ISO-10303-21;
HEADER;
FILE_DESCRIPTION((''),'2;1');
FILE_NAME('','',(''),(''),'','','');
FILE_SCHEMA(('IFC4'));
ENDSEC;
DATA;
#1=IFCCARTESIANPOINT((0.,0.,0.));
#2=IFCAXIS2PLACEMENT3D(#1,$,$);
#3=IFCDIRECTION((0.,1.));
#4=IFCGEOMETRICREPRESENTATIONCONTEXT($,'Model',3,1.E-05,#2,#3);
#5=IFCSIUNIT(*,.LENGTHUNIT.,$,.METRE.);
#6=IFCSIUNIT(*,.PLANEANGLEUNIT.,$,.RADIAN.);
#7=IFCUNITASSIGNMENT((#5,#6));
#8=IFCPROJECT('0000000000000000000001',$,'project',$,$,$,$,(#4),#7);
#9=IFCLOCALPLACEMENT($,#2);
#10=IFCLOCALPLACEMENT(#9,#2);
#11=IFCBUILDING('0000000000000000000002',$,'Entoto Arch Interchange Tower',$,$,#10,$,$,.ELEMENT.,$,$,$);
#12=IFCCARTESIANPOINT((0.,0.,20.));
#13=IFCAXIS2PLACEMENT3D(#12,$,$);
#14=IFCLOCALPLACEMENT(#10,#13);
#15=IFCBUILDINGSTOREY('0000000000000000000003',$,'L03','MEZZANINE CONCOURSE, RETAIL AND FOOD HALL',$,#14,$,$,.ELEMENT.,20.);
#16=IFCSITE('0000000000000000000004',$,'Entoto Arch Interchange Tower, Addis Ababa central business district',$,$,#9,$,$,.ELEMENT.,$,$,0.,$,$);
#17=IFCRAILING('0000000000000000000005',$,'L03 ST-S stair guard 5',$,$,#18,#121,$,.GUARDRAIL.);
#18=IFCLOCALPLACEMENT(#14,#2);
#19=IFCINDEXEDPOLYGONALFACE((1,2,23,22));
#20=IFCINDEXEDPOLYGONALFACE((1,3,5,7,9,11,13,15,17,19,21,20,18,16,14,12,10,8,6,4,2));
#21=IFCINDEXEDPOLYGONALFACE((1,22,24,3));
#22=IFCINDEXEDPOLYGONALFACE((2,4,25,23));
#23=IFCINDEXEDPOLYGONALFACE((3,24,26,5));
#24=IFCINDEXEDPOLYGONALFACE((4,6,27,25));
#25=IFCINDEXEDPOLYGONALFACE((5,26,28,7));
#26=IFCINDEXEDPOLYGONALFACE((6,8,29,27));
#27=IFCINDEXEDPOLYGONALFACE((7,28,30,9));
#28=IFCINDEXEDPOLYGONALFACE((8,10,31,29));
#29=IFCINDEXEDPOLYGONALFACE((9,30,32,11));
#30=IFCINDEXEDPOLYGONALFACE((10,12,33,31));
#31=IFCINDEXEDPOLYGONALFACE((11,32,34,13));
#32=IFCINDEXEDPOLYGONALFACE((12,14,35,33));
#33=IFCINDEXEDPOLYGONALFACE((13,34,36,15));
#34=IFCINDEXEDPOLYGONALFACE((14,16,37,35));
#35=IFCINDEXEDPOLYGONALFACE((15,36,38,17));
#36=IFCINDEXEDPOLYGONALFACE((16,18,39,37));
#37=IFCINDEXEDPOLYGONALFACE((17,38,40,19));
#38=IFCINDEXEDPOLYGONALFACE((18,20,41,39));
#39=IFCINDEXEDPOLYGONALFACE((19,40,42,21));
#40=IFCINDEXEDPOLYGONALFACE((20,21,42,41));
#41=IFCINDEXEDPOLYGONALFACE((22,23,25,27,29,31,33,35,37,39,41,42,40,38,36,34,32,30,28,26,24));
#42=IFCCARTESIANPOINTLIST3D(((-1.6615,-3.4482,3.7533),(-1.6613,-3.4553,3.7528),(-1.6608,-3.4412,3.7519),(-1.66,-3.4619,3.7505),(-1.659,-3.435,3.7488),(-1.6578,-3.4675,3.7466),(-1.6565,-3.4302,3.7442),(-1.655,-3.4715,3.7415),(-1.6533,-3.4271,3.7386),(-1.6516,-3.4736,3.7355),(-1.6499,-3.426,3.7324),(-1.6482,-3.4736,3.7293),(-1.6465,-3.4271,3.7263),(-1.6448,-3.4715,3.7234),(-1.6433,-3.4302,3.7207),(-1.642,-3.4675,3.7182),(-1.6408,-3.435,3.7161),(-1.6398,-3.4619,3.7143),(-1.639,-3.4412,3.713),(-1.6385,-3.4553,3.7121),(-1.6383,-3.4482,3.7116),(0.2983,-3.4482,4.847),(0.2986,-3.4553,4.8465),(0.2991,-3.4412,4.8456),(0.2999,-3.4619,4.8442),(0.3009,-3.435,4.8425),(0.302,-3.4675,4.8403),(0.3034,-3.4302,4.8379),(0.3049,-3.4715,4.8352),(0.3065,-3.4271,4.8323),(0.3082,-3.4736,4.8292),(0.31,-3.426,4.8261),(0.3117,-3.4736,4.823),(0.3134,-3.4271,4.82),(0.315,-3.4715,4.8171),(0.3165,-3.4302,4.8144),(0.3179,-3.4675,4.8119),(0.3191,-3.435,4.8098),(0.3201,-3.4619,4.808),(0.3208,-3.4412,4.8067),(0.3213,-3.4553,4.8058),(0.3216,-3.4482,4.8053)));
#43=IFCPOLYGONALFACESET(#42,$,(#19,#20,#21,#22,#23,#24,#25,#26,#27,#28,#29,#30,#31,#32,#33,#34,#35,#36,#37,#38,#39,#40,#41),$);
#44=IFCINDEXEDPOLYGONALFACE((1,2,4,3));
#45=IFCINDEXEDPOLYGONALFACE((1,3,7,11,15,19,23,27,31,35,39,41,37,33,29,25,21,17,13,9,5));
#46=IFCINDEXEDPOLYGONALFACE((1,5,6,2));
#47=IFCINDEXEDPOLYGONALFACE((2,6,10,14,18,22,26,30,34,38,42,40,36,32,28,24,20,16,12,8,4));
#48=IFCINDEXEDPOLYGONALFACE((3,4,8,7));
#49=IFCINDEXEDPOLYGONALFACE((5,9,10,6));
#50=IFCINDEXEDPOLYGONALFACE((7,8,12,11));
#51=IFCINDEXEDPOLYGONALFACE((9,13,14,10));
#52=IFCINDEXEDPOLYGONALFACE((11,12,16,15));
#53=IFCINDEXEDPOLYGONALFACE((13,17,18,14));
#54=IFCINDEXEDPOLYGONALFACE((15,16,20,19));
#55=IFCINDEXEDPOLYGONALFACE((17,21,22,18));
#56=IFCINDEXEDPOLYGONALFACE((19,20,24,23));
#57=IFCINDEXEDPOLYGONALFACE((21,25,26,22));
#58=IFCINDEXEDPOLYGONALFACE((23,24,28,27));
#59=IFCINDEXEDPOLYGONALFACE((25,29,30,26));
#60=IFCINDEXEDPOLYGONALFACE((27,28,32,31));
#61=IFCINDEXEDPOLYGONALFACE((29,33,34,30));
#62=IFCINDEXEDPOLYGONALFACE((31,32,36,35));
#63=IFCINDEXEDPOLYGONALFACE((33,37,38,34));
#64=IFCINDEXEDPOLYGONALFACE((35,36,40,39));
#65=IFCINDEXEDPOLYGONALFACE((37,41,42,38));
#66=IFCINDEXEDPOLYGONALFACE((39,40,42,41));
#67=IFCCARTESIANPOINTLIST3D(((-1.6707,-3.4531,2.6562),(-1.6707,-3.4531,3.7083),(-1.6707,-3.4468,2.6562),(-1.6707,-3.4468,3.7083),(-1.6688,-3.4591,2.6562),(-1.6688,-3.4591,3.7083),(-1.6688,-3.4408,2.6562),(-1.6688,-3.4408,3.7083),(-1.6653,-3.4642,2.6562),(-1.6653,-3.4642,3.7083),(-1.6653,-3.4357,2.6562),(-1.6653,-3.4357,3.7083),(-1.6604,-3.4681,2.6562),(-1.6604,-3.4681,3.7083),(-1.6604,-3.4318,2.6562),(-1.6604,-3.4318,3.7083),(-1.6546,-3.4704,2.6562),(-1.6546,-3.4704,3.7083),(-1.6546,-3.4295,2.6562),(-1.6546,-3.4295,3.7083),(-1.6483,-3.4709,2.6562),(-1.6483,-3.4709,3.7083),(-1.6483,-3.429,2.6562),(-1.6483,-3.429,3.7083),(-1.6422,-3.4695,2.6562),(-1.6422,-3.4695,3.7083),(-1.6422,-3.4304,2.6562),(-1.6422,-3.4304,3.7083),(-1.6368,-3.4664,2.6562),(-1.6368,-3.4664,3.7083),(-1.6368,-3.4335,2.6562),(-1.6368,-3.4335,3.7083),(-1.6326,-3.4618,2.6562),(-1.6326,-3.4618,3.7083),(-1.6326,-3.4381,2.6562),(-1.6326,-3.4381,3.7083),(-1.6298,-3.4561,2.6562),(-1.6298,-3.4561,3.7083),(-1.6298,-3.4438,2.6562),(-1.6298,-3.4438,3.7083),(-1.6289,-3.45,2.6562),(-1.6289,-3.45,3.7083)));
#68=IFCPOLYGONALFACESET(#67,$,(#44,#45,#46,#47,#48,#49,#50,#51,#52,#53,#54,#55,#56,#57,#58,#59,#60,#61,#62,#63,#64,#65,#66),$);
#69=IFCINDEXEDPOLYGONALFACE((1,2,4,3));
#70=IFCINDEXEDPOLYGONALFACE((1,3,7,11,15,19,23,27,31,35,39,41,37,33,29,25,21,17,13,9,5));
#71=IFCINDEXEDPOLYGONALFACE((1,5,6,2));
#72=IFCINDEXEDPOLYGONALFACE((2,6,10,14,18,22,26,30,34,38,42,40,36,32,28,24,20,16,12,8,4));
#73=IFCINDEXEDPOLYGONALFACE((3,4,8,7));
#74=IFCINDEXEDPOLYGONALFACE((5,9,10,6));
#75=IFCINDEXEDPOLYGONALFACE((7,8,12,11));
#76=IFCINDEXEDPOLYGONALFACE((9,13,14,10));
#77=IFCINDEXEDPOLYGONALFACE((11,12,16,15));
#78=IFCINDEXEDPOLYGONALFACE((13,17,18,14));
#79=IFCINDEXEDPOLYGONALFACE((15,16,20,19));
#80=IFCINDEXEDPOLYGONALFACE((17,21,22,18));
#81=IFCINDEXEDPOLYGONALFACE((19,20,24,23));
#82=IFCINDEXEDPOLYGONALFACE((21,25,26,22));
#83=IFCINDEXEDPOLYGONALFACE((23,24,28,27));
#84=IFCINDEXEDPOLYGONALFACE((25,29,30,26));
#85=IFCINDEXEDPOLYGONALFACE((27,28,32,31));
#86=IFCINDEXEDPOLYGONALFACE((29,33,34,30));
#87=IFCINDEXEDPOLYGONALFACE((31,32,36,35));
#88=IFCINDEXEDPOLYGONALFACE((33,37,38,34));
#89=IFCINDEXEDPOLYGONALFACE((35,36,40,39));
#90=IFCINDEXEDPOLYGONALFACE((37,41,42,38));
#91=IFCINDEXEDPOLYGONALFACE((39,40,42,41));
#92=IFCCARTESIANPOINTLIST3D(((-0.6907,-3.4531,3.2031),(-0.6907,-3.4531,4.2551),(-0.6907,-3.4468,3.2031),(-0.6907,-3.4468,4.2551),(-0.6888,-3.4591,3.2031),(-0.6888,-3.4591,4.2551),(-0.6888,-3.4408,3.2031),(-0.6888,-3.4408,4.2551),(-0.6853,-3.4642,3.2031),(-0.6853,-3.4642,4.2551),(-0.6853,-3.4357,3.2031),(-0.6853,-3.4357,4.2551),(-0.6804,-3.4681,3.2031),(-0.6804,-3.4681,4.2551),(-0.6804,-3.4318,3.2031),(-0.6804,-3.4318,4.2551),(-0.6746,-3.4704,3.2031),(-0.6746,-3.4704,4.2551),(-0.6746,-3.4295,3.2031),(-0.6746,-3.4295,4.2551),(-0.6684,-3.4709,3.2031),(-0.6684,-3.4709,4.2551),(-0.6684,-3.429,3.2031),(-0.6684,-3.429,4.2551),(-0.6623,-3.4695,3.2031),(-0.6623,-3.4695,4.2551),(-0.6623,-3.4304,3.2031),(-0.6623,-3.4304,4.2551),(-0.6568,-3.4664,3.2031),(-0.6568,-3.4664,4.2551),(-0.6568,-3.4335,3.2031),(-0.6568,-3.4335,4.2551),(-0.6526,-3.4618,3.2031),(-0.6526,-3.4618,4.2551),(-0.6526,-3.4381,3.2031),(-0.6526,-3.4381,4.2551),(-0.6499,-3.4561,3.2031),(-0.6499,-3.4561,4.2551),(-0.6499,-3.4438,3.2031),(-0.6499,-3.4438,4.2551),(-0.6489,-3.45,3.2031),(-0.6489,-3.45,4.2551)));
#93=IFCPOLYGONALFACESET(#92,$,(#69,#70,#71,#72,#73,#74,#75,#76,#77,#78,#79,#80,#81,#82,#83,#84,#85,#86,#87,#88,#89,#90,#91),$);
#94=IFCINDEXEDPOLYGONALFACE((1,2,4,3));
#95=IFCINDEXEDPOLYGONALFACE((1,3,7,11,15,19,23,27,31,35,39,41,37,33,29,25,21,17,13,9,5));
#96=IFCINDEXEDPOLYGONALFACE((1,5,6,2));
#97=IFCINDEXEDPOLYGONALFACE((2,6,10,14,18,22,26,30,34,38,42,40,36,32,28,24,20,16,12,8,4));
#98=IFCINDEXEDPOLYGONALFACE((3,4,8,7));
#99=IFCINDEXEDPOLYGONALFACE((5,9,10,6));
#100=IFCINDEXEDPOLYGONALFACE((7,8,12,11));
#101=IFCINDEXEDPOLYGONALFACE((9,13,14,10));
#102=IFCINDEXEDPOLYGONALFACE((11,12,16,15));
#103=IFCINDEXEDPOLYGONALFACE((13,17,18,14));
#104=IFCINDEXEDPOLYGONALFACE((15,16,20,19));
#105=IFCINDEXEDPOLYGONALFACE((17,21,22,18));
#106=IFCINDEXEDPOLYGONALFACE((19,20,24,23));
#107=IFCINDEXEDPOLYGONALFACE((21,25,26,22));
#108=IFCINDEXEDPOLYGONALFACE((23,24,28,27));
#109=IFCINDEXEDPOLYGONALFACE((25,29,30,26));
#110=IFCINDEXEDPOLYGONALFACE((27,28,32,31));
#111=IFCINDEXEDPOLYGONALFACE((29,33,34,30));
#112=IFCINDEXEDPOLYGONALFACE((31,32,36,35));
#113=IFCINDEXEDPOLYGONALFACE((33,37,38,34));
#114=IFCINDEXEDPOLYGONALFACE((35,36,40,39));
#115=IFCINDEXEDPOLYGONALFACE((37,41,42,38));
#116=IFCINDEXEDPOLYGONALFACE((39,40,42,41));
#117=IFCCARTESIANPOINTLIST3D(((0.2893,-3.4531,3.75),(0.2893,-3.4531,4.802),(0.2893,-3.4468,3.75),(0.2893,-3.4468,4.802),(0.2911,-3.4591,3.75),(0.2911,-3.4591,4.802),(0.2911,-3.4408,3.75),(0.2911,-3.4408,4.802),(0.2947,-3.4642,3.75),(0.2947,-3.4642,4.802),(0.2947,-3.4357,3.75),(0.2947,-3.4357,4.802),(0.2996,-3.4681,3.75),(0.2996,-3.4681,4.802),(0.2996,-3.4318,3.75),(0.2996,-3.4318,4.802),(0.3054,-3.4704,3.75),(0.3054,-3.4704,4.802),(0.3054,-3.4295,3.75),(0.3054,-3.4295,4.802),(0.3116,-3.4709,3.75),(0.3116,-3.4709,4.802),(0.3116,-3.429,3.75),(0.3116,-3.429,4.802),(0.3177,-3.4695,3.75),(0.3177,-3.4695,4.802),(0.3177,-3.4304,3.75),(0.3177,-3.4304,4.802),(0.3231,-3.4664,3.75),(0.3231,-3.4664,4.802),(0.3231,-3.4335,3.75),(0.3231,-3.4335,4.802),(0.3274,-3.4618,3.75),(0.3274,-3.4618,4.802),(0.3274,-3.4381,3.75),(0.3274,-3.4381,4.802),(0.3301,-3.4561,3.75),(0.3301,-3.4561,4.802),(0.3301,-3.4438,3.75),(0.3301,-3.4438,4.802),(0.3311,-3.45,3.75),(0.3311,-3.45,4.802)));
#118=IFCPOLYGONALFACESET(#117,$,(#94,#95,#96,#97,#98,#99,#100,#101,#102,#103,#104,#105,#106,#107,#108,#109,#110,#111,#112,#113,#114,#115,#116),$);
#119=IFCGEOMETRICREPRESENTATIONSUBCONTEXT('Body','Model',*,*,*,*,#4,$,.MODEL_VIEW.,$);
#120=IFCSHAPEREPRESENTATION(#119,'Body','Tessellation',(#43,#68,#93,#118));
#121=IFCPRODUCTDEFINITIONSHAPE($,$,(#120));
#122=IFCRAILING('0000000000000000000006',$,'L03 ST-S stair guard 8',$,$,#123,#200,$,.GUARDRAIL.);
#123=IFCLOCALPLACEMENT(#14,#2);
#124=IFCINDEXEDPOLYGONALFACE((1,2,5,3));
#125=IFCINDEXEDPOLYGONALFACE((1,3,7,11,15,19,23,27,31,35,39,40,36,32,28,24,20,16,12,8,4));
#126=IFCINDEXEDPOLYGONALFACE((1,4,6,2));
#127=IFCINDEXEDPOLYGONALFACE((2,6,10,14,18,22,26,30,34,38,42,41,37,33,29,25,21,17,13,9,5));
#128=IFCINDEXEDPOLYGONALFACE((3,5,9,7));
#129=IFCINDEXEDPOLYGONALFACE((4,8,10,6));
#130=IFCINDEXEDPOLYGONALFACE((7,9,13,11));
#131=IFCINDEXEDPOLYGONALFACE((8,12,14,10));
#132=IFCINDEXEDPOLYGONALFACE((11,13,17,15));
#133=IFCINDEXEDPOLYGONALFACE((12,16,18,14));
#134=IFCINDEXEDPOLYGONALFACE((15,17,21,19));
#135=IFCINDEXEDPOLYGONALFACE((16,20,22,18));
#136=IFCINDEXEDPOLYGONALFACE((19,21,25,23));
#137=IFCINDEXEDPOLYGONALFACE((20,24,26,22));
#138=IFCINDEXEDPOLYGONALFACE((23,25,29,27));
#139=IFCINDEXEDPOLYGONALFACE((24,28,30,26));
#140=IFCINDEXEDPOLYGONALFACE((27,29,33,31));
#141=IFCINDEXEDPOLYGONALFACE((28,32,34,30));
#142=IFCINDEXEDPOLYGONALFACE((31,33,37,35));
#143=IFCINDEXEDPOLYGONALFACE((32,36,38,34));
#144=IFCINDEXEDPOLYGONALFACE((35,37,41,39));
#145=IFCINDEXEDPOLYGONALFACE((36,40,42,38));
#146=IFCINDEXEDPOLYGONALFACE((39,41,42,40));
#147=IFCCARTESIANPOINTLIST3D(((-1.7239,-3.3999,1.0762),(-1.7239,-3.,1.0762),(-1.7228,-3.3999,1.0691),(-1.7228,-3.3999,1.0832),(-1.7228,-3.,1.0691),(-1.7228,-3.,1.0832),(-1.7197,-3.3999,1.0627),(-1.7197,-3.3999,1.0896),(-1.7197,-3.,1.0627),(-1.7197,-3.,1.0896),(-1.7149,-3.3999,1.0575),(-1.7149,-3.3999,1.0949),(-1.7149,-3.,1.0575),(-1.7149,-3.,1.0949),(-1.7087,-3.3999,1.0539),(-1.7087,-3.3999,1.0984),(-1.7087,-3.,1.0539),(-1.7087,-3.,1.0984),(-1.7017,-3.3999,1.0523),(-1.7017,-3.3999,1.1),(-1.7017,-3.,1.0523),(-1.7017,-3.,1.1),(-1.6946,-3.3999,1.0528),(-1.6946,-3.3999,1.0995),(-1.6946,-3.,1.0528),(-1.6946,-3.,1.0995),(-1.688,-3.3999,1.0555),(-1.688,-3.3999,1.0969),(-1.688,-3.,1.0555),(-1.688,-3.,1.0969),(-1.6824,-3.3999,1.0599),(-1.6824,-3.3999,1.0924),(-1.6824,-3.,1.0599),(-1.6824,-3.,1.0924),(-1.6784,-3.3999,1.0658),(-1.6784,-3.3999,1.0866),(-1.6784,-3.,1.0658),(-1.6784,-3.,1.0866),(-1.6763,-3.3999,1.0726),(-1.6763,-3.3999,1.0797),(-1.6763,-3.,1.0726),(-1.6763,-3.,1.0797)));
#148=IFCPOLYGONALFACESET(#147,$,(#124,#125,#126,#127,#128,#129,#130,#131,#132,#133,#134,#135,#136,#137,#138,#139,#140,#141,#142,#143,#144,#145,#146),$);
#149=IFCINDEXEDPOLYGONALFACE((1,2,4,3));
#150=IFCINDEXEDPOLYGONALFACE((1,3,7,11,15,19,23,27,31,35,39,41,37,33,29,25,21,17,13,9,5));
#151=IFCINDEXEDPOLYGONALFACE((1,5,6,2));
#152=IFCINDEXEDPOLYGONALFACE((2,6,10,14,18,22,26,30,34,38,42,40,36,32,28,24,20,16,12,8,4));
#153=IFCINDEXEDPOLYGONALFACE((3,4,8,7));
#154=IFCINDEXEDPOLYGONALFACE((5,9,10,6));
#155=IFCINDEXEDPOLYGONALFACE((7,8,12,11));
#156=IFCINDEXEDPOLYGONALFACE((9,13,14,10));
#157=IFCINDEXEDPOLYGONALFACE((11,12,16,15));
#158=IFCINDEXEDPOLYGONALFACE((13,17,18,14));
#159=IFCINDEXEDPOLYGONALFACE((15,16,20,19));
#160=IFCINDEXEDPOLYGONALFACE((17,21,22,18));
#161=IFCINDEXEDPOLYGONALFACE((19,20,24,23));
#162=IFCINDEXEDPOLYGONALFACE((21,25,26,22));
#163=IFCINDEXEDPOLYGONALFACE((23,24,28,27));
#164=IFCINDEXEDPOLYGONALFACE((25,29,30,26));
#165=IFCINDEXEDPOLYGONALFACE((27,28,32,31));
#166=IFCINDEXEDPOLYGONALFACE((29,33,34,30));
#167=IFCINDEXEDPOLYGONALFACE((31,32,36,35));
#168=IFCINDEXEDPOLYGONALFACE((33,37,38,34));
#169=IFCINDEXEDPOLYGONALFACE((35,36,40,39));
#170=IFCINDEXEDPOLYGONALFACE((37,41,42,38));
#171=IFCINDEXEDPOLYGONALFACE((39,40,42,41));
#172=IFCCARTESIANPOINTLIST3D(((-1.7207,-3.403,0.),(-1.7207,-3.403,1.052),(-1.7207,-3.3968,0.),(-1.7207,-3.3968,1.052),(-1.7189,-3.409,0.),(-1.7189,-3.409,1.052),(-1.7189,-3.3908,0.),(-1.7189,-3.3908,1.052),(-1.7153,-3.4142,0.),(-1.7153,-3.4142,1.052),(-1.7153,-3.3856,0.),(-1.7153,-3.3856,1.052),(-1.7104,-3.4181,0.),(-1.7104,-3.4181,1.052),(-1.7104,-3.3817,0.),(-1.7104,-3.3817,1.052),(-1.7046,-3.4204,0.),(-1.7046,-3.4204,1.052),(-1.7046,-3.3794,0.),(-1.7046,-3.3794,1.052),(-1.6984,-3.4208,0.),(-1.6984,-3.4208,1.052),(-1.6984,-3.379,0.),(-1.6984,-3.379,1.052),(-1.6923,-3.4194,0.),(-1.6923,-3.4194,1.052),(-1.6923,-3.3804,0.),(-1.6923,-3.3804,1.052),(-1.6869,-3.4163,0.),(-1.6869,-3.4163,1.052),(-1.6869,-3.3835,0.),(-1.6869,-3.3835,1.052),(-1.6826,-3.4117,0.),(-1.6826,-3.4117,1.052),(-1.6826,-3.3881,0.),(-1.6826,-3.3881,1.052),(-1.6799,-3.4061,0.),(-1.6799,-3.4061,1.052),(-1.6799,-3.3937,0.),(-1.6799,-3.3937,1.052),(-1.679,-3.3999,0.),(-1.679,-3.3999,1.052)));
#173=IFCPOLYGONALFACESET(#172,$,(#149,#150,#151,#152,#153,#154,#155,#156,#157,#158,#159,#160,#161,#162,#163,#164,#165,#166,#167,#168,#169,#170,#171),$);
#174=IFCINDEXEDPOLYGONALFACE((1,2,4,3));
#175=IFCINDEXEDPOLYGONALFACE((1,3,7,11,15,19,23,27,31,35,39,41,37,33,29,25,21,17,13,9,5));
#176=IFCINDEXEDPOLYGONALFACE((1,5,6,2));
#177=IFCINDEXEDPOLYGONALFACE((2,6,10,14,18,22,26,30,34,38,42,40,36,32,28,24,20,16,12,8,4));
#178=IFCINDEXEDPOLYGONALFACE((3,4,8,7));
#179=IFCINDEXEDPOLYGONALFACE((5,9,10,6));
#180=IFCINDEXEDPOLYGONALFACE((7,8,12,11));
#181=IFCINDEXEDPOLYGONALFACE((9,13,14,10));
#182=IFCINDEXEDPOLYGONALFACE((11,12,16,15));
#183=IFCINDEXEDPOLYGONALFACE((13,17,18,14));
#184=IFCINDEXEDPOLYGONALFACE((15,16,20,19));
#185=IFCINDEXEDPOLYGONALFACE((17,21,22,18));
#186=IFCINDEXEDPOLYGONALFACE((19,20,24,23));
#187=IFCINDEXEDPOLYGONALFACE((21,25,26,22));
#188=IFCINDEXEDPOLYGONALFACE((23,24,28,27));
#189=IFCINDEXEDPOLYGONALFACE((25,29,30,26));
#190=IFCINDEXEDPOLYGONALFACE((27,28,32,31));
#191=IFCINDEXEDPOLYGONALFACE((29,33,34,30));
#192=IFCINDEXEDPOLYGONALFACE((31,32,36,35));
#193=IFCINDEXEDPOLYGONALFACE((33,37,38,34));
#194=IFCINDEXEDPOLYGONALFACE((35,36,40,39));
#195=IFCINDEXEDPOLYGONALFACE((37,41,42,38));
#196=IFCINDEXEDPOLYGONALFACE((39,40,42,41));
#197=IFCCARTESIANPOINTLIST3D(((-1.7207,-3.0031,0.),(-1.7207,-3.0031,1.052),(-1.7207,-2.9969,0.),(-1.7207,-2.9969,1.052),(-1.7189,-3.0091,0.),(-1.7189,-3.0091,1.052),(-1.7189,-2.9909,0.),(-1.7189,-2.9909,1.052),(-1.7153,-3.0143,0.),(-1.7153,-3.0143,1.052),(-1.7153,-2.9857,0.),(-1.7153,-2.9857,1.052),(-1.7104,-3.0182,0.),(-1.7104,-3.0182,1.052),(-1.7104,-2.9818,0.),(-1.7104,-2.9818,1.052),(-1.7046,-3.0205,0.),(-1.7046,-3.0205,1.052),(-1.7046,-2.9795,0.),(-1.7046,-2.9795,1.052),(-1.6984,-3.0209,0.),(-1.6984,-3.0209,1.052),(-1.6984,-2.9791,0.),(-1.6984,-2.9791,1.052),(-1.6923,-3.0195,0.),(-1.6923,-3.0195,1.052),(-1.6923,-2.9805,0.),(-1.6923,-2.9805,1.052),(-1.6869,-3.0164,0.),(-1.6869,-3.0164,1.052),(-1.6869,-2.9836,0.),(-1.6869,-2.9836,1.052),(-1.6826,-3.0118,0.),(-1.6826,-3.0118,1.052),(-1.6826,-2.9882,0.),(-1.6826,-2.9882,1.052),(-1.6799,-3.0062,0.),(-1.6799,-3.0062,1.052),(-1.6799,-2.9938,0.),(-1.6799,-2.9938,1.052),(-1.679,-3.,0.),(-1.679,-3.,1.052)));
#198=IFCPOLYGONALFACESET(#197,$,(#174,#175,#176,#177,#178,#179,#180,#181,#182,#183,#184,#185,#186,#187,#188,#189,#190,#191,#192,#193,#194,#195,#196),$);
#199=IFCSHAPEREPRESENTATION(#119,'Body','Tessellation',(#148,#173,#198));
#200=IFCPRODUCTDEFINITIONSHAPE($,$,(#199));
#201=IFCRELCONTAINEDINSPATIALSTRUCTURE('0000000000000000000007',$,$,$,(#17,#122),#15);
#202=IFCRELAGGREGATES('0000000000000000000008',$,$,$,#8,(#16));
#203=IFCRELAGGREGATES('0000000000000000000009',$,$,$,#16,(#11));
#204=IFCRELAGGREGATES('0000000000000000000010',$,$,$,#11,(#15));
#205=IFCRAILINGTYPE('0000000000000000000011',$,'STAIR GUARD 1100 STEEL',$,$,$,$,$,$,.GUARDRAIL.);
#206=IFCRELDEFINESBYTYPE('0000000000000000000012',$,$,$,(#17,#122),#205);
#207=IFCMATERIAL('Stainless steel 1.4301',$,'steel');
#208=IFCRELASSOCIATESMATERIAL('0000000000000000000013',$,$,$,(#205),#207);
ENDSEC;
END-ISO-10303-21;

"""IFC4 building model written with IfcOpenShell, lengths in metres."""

from ifc_helpers import new_model, si_unit, direction, frame, origin, origin_2d, place, context, subcontext, project, spatial, circle, extrude, material, type_object, element, save


model = new_model("IFC4")

# Units and contexts
model_context = context("Model", 3, precision=1e-05, world=origin(), true_north=direction((0.0, 1.0)))
body_context = subcontext(model_context, "Body", "Model", "MODEL_VIEW")
ifc_project = project(units=[si_unit("LENGTHUNIT", "METRE"), si_unit("PLANEANGLEUNIT", "RADIAN")], contexts=[model_context])

# Site, building, storey
site_placement = place(None, origin())
site = spatial("IfcSite", under=ifc_project, at=site_placement, Name="Entoto Arch Interchange Tower, Addis Ababa central business district", CompositionType="ELEMENT", RefElevation=0.0)
building_placement = place(site_placement, origin())
building = spatial("IfcBuilding", under=site, at=building_placement, Name="Entoto Arch Interchange Tower", CompositionType="ELEMENT")
storey_placement = place(building_placement, frame((0.0, 0.0, 20.0)))
storey = spatial("IfcBuildingStorey", under=building, at=storey_placement, Name="L03", Description="MEZZANINE CONCOURSE, RETAIL AND FOOD HALL", CompositionType="ELEMENT", Elevation=20.0)

# Railings
ifc_material_1 = material(Name="Stainless steel 1.4301", Category="steel")
railing_type_1 = type_object("IfcRailingType", Name="STAIR GUARD 1100 STEEL", PredefinedType="GUARDRAIL", material=ifc_material_1)
railing_1_placement = place(storey_placement, frame((-1.6499, -3.45, 2.6562)))
element("IfcRailing", 1, at=railing_1_placement, inside=storey, type_object=railing_type_1, Name="L03 ST-S stair guard 5", PredefinedType="GUARDRAIL", context=body_context, shape_type="SweptSolid", body=[
    extrude(circle(Radius=0.0239, at=origin_2d()), frame((0.0, 0.0, 1.0762), z_axis=(0.873232, 0.0, 0.487304), x_axis=(0.0, 1.0, 0.0)), (0.0, 0.0, 1.0), 2.2444),
    extrude(circle(Radius=0.021, at=origin_2d()), origin(), (0.0, 0.0, 1.0), 1.052),
    extrude(circle(Radius=0.021, at=origin_2d()), frame((0.98, 0.0, 0.5469)), (0.0, 0.0, 1.0), 1.052),
    extrude(circle(Radius=0.021, at=origin_2d()), frame((1.96, 0.0, 1.0938)), (0.0, 0.0, 1.0), 1.052),
])
railing_2_placement = place(storey_placement, frame((-1.7, -3.3999, 0.0)))
element("IfcRailing", 2, at=railing_2_placement, inside=storey, type_object=railing_type_1, Name="L03 ST-S stair guard 8", PredefinedType="GUARDRAIL", context=body_context, shape_type="SweptSolid", body=[
    extrude(circle(Radius=0.0239, at=origin_2d()), frame((0.0, 0.0, 1.0762), z_axis=(0.0, 1.0, 0.0), x_axis=(-1.0, 0.0, 0.0)), (0.0, 0.0, 1.0), 0.3999),
    extrude(circle(Radius=0.021, at=origin_2d()), origin(), (0.0, 0.0, 1.0), 1.052),
    extrude(circle(Radius=0.021, at=origin_2d()), frame((0.0, 0.3999, 0.0)), (0.0, 0.0, 1.0), 1.052),
])

save(model, "model.ifc")
